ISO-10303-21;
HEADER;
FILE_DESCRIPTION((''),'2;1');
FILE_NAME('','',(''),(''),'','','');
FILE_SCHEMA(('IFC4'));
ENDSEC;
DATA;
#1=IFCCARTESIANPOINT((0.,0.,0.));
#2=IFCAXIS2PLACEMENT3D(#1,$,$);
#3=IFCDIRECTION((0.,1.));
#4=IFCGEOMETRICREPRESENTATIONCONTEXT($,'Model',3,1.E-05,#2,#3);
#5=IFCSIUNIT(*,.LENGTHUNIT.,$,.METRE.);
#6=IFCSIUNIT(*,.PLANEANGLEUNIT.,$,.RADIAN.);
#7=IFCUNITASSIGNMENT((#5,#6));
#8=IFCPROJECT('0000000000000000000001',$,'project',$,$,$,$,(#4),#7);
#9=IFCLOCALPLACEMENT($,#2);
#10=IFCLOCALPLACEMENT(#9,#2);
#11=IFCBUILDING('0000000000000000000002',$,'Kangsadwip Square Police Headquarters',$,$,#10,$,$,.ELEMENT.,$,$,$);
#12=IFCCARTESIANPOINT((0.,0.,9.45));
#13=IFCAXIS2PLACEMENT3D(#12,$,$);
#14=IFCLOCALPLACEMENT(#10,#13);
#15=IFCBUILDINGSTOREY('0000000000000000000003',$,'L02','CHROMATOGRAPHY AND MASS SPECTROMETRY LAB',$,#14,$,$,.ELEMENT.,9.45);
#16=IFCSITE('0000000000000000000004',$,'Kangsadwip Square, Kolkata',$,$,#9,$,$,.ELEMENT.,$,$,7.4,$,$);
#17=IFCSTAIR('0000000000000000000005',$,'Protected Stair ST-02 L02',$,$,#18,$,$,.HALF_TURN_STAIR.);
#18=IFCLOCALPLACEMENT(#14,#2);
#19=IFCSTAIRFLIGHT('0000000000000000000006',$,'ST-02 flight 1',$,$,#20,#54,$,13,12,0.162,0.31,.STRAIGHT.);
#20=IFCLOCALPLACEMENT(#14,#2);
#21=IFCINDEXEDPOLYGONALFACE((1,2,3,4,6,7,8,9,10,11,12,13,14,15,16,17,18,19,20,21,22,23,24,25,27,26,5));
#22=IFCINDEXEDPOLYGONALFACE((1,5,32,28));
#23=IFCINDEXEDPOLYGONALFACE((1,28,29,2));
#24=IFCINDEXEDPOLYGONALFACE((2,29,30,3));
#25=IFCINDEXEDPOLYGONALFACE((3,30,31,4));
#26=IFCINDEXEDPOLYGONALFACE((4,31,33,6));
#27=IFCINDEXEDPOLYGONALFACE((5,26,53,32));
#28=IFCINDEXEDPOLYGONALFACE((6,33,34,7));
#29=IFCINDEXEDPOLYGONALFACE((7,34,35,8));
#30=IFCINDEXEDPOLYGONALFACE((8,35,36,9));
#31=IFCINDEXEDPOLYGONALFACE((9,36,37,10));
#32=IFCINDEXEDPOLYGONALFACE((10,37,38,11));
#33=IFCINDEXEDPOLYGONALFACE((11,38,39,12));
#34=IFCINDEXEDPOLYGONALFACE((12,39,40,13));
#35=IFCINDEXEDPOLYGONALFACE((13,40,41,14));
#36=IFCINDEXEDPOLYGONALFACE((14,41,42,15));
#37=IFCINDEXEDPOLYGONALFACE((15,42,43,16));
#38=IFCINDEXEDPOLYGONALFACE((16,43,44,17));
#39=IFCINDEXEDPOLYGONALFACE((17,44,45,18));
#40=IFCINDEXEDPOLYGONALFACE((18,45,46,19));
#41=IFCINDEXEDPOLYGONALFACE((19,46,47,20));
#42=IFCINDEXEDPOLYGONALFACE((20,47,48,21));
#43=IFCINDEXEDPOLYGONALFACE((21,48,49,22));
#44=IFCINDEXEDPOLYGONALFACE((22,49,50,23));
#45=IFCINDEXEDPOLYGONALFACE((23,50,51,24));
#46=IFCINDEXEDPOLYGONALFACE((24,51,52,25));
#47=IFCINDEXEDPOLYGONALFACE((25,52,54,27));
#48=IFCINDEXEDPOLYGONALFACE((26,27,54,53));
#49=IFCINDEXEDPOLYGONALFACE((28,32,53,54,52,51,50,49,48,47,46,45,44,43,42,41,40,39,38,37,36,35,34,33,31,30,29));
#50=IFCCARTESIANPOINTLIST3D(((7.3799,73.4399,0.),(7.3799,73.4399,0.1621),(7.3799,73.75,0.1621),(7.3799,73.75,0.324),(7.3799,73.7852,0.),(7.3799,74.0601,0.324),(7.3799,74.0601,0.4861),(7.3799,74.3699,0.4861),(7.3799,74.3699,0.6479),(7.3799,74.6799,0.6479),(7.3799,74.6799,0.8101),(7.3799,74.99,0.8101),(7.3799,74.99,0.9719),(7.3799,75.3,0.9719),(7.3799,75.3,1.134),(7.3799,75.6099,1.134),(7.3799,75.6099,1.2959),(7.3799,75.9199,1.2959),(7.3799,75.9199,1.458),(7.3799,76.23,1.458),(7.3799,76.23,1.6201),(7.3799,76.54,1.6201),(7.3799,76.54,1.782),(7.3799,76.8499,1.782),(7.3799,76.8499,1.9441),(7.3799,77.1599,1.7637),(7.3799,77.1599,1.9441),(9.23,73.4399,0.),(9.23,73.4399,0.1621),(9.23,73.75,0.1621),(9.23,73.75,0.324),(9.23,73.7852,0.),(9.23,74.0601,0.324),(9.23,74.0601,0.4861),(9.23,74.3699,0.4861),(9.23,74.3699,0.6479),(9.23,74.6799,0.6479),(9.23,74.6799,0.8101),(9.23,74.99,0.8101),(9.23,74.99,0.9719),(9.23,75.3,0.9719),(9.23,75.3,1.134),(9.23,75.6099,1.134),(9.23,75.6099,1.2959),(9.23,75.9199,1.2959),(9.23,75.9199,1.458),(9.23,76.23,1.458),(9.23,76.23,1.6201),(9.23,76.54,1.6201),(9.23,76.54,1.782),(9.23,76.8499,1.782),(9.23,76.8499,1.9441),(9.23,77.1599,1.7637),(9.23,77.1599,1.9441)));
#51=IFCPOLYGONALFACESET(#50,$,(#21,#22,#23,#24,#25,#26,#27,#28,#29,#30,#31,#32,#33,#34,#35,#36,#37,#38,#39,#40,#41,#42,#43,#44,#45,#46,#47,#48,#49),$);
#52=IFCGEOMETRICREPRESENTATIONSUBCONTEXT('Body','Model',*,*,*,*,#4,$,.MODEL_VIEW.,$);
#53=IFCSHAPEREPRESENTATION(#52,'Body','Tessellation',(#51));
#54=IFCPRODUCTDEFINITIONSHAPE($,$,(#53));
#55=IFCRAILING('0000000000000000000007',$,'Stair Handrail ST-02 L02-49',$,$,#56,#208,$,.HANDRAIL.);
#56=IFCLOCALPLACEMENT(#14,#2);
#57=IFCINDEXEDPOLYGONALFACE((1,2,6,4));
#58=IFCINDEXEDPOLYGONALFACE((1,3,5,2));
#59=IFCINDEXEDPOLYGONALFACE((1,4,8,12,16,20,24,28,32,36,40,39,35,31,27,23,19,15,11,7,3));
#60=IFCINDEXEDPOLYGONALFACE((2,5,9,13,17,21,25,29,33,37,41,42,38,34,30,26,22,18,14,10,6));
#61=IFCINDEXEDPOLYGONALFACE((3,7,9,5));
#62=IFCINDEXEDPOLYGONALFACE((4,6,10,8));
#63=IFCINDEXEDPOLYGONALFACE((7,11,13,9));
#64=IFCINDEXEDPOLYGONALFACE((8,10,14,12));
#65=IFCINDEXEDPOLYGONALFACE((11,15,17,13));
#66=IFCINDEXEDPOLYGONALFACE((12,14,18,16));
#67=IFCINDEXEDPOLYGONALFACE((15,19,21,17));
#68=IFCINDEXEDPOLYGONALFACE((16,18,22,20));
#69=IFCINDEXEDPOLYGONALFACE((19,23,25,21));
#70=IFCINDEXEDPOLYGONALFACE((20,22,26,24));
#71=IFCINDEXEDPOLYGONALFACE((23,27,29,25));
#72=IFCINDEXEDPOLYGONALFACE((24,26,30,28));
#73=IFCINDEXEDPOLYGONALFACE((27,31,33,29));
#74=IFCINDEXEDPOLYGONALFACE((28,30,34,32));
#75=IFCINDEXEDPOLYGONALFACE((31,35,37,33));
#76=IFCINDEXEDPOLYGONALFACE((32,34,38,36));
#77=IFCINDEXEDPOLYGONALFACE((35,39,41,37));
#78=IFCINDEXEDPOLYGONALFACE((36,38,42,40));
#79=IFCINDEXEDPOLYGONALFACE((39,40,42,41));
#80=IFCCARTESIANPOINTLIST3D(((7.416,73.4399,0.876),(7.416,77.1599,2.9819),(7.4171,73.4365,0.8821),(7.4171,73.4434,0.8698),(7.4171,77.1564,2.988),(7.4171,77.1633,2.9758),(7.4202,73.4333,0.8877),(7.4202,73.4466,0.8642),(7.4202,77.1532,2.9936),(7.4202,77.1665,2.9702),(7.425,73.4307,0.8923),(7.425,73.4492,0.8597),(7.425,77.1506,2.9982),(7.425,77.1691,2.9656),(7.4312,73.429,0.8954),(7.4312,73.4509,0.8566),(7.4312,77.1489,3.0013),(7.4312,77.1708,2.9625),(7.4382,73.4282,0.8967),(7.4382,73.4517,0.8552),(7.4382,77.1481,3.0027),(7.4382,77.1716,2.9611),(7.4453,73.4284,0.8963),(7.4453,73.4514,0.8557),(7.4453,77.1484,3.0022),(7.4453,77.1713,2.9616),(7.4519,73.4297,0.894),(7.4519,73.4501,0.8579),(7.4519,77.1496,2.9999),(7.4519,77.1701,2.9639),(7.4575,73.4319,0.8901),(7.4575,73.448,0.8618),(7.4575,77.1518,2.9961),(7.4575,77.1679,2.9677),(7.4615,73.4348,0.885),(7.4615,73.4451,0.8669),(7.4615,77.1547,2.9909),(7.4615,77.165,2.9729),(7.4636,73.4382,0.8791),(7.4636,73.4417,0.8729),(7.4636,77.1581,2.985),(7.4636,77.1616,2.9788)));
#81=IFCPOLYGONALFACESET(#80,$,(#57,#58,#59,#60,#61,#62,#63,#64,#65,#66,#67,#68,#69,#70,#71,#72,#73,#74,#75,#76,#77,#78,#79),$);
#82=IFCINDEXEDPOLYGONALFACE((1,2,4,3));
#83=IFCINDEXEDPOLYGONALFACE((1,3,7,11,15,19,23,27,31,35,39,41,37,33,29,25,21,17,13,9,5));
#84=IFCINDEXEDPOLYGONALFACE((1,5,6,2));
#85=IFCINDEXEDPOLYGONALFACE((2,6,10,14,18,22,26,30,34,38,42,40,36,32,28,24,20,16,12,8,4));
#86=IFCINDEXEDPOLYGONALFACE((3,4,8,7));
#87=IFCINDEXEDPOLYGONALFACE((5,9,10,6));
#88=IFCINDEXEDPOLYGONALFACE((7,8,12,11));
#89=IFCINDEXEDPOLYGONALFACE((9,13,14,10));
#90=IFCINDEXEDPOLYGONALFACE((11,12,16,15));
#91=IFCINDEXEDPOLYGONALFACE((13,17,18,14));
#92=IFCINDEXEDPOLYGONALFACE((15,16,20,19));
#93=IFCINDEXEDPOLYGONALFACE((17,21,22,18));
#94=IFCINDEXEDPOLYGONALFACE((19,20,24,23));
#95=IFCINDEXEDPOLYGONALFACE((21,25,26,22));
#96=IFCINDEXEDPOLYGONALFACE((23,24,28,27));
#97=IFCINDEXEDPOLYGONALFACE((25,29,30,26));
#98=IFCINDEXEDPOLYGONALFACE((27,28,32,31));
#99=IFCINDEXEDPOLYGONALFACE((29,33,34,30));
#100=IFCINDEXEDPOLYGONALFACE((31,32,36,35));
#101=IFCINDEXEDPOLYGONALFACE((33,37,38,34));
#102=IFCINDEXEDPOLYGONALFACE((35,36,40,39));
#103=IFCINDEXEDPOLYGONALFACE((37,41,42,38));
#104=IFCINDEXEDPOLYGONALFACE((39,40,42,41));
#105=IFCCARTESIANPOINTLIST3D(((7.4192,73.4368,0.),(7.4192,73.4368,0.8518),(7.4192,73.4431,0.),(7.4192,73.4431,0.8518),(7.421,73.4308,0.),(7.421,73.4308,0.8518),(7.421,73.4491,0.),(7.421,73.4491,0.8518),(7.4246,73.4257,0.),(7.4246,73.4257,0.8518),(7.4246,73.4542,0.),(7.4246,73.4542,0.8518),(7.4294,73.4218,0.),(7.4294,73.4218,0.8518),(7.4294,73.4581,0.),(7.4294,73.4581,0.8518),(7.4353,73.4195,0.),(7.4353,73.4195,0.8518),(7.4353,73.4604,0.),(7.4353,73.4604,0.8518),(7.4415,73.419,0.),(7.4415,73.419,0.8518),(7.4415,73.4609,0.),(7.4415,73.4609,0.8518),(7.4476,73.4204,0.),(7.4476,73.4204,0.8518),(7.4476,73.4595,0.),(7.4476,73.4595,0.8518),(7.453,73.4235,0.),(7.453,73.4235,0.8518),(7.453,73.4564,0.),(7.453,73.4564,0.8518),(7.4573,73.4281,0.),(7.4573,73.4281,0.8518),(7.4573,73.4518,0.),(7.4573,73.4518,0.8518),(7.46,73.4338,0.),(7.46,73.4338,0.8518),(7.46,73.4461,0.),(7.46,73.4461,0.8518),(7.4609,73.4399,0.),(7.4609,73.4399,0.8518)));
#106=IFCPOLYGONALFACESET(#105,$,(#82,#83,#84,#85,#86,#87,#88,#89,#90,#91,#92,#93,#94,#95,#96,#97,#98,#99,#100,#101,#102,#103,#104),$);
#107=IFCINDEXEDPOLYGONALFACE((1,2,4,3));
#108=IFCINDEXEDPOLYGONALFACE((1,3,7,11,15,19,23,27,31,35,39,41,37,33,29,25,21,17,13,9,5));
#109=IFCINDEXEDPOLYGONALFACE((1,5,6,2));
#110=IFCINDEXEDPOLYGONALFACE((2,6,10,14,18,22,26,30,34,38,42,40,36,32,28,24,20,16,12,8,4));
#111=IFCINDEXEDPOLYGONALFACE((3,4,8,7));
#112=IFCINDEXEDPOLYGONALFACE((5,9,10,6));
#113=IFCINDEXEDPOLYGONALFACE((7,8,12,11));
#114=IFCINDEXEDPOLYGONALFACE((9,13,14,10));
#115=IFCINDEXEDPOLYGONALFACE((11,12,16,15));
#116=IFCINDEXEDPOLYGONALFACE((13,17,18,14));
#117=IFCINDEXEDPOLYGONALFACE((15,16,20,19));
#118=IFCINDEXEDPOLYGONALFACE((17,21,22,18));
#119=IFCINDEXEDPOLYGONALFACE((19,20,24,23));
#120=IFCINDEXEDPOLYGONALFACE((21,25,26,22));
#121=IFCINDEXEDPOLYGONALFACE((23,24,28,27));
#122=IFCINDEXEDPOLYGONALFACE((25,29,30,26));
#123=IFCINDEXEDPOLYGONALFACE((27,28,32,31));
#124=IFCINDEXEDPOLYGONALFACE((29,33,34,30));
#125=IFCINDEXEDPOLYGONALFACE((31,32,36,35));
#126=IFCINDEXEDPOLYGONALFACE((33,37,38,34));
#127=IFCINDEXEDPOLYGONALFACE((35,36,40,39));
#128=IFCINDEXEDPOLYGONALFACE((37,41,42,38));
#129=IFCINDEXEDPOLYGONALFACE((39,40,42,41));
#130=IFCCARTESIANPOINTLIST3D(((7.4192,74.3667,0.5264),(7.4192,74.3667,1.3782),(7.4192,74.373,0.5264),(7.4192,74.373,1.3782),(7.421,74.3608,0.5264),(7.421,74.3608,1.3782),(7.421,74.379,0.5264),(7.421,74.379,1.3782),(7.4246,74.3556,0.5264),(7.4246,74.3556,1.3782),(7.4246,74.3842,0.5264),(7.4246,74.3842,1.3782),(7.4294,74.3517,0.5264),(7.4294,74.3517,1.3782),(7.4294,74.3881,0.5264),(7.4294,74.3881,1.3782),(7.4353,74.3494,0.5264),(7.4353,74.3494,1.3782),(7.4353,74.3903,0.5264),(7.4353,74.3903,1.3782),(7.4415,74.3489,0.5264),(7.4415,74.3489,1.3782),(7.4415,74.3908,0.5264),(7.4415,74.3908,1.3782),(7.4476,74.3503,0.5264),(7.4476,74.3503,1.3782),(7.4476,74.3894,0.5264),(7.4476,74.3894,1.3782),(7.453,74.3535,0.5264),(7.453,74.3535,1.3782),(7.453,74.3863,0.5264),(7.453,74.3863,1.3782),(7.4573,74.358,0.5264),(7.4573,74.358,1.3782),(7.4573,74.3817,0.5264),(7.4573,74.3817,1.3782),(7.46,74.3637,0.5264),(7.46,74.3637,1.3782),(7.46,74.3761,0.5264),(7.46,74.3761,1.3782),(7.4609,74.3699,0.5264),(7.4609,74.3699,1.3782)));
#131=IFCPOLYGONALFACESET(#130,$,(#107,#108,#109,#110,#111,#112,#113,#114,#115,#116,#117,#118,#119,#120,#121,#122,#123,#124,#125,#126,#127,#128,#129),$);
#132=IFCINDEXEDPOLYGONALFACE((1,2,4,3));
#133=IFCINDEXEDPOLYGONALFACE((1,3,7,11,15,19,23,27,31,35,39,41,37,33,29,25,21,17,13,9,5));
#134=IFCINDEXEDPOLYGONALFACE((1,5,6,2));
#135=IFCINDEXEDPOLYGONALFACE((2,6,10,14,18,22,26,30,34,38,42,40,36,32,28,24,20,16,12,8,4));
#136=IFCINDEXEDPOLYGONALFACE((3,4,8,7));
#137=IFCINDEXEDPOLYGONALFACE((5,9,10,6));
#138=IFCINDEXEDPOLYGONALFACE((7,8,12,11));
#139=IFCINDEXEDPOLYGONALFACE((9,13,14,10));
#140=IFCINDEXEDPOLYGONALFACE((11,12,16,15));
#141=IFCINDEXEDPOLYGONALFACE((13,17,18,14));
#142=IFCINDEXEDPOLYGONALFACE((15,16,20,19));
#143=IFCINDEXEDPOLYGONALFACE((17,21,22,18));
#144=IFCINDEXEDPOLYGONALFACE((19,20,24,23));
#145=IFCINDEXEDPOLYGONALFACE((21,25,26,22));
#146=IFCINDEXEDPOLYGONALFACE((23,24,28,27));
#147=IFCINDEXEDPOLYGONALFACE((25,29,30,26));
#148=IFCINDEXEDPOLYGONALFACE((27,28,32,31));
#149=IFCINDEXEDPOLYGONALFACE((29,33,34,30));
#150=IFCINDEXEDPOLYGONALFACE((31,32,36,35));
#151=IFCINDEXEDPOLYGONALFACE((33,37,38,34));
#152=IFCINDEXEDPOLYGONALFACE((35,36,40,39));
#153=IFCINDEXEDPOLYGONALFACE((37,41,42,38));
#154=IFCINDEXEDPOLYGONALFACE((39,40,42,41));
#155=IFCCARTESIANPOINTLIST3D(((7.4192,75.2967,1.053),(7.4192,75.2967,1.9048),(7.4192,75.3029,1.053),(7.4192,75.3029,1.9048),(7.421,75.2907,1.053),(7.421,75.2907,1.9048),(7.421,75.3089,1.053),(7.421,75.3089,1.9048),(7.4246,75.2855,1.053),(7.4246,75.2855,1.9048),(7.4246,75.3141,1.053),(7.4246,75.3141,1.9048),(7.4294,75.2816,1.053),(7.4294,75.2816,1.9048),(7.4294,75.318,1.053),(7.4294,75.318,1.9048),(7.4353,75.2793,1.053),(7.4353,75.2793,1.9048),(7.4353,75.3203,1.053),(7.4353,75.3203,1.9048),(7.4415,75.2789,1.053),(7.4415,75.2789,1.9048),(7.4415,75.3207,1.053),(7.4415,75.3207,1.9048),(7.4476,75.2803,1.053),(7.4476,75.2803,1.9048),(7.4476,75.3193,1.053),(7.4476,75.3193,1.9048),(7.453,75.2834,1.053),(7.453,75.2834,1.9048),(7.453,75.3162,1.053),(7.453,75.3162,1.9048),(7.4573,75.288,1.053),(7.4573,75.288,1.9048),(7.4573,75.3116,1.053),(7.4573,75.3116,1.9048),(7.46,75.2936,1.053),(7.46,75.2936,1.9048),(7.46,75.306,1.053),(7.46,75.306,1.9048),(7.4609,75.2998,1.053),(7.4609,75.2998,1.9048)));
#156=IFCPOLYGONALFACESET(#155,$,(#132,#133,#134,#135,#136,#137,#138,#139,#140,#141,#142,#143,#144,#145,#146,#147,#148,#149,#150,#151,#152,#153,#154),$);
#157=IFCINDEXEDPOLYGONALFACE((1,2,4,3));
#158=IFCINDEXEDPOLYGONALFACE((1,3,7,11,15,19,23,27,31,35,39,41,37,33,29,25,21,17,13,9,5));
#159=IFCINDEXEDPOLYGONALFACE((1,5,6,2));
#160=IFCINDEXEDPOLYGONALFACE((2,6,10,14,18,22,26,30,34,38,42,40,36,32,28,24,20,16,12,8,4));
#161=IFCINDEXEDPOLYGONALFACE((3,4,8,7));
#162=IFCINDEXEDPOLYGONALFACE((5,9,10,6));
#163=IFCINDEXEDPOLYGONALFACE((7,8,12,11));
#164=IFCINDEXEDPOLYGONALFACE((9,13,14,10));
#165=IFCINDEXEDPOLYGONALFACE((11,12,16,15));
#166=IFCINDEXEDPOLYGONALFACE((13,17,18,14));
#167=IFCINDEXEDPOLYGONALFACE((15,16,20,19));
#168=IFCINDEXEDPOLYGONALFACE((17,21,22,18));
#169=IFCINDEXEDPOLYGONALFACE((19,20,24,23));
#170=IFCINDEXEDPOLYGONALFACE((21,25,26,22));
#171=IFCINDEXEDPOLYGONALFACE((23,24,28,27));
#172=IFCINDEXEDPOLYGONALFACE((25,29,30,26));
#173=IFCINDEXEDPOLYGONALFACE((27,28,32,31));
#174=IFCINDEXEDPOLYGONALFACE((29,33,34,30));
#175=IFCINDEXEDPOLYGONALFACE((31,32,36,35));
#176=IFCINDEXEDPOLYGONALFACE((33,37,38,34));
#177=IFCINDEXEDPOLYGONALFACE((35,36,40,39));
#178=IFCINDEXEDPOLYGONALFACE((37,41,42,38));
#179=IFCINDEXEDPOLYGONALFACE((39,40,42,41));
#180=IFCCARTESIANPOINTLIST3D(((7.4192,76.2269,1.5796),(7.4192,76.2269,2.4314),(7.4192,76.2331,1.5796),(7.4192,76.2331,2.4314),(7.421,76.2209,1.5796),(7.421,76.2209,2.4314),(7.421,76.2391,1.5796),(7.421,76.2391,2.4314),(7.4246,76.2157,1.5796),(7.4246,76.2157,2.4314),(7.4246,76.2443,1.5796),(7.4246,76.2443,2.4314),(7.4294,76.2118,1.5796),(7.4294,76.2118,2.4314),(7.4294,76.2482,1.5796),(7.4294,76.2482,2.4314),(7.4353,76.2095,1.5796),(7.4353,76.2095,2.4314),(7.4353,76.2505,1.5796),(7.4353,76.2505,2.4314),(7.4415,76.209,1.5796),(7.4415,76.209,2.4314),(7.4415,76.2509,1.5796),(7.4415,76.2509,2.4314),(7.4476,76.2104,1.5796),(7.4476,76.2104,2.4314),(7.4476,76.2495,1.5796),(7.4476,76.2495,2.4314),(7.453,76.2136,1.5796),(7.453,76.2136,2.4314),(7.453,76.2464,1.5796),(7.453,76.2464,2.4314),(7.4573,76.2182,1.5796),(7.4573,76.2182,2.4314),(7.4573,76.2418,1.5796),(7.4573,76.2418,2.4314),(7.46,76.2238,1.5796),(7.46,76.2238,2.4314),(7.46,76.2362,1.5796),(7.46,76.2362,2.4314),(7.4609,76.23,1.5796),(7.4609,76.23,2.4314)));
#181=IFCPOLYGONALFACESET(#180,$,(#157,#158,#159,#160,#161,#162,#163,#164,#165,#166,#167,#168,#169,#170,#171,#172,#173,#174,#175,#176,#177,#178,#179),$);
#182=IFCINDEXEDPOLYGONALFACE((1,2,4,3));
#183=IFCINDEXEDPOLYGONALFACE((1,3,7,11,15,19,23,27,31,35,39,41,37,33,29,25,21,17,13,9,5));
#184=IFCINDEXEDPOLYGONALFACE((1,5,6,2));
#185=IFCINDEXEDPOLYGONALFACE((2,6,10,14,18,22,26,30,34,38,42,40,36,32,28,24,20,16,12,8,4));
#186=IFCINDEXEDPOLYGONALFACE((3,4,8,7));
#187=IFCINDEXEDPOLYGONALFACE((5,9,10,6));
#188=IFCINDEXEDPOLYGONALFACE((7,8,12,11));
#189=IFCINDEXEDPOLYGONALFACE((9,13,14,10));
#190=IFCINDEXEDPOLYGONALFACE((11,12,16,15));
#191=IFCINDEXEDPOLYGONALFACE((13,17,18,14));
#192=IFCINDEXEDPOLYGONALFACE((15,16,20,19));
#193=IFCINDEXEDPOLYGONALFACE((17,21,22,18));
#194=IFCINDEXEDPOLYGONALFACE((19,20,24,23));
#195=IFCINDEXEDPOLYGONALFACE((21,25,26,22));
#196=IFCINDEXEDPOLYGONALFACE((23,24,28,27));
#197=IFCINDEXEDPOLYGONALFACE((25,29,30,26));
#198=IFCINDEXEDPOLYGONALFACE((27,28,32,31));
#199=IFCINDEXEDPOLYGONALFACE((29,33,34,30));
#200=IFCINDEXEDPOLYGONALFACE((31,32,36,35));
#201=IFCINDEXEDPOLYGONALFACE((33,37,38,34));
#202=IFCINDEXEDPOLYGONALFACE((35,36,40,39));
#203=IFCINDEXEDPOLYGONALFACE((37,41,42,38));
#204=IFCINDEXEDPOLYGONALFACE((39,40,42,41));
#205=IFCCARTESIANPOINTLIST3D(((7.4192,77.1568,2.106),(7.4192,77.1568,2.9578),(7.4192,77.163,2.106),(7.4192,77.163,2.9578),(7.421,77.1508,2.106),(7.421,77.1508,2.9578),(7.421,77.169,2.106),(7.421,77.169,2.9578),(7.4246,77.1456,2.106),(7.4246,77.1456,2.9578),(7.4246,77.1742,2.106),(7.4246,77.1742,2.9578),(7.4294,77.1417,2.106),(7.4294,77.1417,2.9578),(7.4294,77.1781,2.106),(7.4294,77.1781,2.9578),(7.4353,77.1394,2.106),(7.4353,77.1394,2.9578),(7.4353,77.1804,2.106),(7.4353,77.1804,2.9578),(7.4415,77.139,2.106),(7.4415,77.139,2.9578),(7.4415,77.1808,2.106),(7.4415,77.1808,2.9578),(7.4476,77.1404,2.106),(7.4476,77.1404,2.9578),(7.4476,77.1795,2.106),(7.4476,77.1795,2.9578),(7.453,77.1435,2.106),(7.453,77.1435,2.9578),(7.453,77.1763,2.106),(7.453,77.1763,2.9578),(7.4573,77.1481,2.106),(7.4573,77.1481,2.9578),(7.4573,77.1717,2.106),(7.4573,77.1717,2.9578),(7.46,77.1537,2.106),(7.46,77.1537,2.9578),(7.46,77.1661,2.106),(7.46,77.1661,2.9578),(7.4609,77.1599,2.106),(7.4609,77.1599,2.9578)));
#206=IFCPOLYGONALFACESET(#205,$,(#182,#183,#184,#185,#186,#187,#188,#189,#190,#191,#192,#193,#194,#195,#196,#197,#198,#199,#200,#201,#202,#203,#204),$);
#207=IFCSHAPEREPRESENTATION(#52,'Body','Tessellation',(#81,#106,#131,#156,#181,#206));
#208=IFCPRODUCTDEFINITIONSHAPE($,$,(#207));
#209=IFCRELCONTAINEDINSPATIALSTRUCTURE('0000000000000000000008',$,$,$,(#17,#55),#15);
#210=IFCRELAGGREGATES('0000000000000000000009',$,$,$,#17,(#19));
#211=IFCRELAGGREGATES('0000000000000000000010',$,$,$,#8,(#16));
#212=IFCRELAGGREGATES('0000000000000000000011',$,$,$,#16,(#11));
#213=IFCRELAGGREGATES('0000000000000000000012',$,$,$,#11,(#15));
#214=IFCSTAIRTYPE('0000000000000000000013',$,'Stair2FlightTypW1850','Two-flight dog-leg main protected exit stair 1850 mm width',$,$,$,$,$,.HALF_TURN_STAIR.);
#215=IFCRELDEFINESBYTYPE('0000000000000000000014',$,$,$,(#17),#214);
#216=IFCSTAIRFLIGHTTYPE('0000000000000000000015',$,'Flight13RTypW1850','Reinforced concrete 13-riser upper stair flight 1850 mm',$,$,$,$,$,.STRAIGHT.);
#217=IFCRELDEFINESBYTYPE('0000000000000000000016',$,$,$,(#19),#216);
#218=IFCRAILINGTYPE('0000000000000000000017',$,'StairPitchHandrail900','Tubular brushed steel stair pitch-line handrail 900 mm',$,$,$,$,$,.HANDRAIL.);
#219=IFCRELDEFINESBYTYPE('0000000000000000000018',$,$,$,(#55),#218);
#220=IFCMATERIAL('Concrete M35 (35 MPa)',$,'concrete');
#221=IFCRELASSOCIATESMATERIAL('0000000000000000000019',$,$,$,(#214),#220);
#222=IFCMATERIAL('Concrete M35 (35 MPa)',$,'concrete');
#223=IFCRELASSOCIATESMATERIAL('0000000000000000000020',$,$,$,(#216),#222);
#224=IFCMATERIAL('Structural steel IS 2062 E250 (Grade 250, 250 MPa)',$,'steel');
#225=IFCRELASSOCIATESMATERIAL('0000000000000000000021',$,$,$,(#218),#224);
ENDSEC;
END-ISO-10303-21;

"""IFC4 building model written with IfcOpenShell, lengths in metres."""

from ifc_helpers import new_model, si_unit, direction, frame, origin, origin_2d, place, context, subcontext, project, spatial, polyline, circle, outline, extrude, material, type_object, element, aggregate, save


model = new_model("IFC4")

# Units and contexts
model_context = context("Model", 3, precision=1e-05, world=origin(), true_north=direction((0.0, 1.0)))
body_context = subcontext(model_context, "Body", "Model", "MODEL_VIEW")
ifc_project = project(units=[si_unit("LENGTHUNIT", "METRE"), si_unit("PLANEANGLEUNIT", "RADIAN")], contexts=[model_context])

# Site, building, storey
site_placement = place(None, origin())
site = spatial("IfcSite", under=ifc_project, at=site_placement, Name="Kangsadwip Square, Kolkata", CompositionType="ELEMENT", RefElevation=7.4)
building_placement = place(site_placement, origin())
building = spatial("IfcBuilding", under=site, at=building_placement, Name="Kangsadwip Square Police Headquarters", CompositionType="ELEMENT")
storey_placement = place(building_placement, frame((0.0, 0.0, 9.45)))
storey = spatial("IfcBuildingStorey", under=building, at=storey_placement, Name="L02", Description="CHROMATOGRAPHY AND MASS SPECTROMETRY LAB", CompositionType="ELEMENT", Elevation=9.45)

# Stair, stair flight
ifc_material_1 = material(Name="Concrete M35 (35 MPa)", Category="concrete")
stair_type = type_object("IfcStairType", Name="Stair2FlightTypW1850", Description="Two-flight dog-leg main protected exit stair 1850 mm width", PredefinedType="HALF_TURN_STAIR", material=ifc_material_1)
stair_placement = place(storey_placement, origin())
stair = element("IfcStair", 1, at=stair_placement, inside=storey, type_object=stair_type, Name="Protected Stair ST-02 L02", PredefinedType="HALF_TURN_STAIR")
ifc_material_2 = material(Name="Concrete M35 (35 MPa)", Category="concrete")
stair_flight_type = type_object("IfcStairFlightType", Name="Flight13RTypW1850", Description="Reinforced concrete 13-riser upper stair flight 1850 mm", PredefinedType="STRAIGHT", material=ifc_material_2)
stair_flight_placement = place(storey_placement, frame((8.3049, 73.4399, 0.0), z_axis=(0.0, 0.0, 1.0), x_axis=(0.0, 1.0, 0.0)))
stair_flight = element("IfcStairFlight", 2, at=stair_flight_placement, type_object=stair_flight_type, Name="ST-02 flight 1", NumberOfRisers=13, NumberOfTreads=12, PredefinedType="STRAIGHT", RiserHeight=0.162, TreadLength=0.31, context=body_context, shape_type="SweptSolid", body=[
    extrude(outline(polyline([(0.0, 0.0), (0.0, 0.1621), (0.3101, 0.1621), (0.3101, 0.324), (0.6201, 0.324), (0.6201, 0.4861), (0.9299, 0.4861), (0.9299, 0.6479), (1.24, 0.6479), (1.24, 0.8101), (1.55, 0.8101), (1.55, 0.9719), (1.8601, 0.9719), (1.8601, 1.134), (2.1699, 1.134), (2.1699, 1.2959), (2.48, 1.2959), (2.48, 1.458), (2.79, 1.458), (2.79, 1.6201), (3.1001, 1.6201), (3.1001, 1.782), (3.4099, 1.782), (3.4099, 1.9441), (3.72, 1.9441), (3.72, 2.106), (3.72, 1.7637), (0.3452, 0.0), (0.0, 0.0)])), frame((0.0, 0.925, 0.0), z_axis=(0.0, -1.0, 0.0), x_axis=(1.0, 0.0, 0.0)), (0.0, 0.0, 1.0), 1.8501),
])
aggregate(stair, [stair_flight])

# Railing
ifc_material_3 = material(Name="Structural steel IS 2062 E250 (Grade 250, 250 MPa)", Category="steel")
railing_type = type_object("IfcRailingType", Name="StairPitchHandrail900", Description="Tubular brushed steel stair pitch-line handrail 900 mm", PredefinedType="HANDRAIL", material=ifc_material_3)
railing_placement = place(storey_placement, frame((7.4399, 73.4399, 0.0)))
element("IfcRailing", 3, at=railing_placement, inside=storey, type_object=railing_type, Name="Stair Handrail ST-02 L02-49", PredefinedType="HANDRAIL", context=body_context, shape_type="SweptSolid", body=[
    extrude(circle(Radius=0.0239, at=origin_2d()), frame((0.0, 0.0, 0.876), z_axis=(0.0, 0.870225, 0.492654), x_axis=(-1.0, 0.0, 0.0)), (0.0, 0.0, 1.0), 4.2747),
    extrude(circle(Radius=0.021, at=origin_2d()), origin(), (0.0, 0.0, 1.0), 0.8518),
    extrude(circle(Radius=0.021, at=origin_2d()), frame((0.0, 0.9299, 0.5264)), (0.0, 0.0, 1.0), 0.8518),
    extrude(circle(Radius=0.021, at=origin_2d()), frame((0.0, 1.8599, 1.053)), (0.0, 0.0, 1.0), 0.8518),
    extrude(circle(Radius=0.021, at=origin_2d()), frame((0.0, 2.79, 1.5796)), (0.0, 0.0, 1.0), 0.8518),
    extrude(circle(Radius=0.021, at=origin_2d()), frame((0.0, 3.72, 2.106)), (0.0, 0.0, 1.0), 0.8518),
])

save(model, "model.ifc")
